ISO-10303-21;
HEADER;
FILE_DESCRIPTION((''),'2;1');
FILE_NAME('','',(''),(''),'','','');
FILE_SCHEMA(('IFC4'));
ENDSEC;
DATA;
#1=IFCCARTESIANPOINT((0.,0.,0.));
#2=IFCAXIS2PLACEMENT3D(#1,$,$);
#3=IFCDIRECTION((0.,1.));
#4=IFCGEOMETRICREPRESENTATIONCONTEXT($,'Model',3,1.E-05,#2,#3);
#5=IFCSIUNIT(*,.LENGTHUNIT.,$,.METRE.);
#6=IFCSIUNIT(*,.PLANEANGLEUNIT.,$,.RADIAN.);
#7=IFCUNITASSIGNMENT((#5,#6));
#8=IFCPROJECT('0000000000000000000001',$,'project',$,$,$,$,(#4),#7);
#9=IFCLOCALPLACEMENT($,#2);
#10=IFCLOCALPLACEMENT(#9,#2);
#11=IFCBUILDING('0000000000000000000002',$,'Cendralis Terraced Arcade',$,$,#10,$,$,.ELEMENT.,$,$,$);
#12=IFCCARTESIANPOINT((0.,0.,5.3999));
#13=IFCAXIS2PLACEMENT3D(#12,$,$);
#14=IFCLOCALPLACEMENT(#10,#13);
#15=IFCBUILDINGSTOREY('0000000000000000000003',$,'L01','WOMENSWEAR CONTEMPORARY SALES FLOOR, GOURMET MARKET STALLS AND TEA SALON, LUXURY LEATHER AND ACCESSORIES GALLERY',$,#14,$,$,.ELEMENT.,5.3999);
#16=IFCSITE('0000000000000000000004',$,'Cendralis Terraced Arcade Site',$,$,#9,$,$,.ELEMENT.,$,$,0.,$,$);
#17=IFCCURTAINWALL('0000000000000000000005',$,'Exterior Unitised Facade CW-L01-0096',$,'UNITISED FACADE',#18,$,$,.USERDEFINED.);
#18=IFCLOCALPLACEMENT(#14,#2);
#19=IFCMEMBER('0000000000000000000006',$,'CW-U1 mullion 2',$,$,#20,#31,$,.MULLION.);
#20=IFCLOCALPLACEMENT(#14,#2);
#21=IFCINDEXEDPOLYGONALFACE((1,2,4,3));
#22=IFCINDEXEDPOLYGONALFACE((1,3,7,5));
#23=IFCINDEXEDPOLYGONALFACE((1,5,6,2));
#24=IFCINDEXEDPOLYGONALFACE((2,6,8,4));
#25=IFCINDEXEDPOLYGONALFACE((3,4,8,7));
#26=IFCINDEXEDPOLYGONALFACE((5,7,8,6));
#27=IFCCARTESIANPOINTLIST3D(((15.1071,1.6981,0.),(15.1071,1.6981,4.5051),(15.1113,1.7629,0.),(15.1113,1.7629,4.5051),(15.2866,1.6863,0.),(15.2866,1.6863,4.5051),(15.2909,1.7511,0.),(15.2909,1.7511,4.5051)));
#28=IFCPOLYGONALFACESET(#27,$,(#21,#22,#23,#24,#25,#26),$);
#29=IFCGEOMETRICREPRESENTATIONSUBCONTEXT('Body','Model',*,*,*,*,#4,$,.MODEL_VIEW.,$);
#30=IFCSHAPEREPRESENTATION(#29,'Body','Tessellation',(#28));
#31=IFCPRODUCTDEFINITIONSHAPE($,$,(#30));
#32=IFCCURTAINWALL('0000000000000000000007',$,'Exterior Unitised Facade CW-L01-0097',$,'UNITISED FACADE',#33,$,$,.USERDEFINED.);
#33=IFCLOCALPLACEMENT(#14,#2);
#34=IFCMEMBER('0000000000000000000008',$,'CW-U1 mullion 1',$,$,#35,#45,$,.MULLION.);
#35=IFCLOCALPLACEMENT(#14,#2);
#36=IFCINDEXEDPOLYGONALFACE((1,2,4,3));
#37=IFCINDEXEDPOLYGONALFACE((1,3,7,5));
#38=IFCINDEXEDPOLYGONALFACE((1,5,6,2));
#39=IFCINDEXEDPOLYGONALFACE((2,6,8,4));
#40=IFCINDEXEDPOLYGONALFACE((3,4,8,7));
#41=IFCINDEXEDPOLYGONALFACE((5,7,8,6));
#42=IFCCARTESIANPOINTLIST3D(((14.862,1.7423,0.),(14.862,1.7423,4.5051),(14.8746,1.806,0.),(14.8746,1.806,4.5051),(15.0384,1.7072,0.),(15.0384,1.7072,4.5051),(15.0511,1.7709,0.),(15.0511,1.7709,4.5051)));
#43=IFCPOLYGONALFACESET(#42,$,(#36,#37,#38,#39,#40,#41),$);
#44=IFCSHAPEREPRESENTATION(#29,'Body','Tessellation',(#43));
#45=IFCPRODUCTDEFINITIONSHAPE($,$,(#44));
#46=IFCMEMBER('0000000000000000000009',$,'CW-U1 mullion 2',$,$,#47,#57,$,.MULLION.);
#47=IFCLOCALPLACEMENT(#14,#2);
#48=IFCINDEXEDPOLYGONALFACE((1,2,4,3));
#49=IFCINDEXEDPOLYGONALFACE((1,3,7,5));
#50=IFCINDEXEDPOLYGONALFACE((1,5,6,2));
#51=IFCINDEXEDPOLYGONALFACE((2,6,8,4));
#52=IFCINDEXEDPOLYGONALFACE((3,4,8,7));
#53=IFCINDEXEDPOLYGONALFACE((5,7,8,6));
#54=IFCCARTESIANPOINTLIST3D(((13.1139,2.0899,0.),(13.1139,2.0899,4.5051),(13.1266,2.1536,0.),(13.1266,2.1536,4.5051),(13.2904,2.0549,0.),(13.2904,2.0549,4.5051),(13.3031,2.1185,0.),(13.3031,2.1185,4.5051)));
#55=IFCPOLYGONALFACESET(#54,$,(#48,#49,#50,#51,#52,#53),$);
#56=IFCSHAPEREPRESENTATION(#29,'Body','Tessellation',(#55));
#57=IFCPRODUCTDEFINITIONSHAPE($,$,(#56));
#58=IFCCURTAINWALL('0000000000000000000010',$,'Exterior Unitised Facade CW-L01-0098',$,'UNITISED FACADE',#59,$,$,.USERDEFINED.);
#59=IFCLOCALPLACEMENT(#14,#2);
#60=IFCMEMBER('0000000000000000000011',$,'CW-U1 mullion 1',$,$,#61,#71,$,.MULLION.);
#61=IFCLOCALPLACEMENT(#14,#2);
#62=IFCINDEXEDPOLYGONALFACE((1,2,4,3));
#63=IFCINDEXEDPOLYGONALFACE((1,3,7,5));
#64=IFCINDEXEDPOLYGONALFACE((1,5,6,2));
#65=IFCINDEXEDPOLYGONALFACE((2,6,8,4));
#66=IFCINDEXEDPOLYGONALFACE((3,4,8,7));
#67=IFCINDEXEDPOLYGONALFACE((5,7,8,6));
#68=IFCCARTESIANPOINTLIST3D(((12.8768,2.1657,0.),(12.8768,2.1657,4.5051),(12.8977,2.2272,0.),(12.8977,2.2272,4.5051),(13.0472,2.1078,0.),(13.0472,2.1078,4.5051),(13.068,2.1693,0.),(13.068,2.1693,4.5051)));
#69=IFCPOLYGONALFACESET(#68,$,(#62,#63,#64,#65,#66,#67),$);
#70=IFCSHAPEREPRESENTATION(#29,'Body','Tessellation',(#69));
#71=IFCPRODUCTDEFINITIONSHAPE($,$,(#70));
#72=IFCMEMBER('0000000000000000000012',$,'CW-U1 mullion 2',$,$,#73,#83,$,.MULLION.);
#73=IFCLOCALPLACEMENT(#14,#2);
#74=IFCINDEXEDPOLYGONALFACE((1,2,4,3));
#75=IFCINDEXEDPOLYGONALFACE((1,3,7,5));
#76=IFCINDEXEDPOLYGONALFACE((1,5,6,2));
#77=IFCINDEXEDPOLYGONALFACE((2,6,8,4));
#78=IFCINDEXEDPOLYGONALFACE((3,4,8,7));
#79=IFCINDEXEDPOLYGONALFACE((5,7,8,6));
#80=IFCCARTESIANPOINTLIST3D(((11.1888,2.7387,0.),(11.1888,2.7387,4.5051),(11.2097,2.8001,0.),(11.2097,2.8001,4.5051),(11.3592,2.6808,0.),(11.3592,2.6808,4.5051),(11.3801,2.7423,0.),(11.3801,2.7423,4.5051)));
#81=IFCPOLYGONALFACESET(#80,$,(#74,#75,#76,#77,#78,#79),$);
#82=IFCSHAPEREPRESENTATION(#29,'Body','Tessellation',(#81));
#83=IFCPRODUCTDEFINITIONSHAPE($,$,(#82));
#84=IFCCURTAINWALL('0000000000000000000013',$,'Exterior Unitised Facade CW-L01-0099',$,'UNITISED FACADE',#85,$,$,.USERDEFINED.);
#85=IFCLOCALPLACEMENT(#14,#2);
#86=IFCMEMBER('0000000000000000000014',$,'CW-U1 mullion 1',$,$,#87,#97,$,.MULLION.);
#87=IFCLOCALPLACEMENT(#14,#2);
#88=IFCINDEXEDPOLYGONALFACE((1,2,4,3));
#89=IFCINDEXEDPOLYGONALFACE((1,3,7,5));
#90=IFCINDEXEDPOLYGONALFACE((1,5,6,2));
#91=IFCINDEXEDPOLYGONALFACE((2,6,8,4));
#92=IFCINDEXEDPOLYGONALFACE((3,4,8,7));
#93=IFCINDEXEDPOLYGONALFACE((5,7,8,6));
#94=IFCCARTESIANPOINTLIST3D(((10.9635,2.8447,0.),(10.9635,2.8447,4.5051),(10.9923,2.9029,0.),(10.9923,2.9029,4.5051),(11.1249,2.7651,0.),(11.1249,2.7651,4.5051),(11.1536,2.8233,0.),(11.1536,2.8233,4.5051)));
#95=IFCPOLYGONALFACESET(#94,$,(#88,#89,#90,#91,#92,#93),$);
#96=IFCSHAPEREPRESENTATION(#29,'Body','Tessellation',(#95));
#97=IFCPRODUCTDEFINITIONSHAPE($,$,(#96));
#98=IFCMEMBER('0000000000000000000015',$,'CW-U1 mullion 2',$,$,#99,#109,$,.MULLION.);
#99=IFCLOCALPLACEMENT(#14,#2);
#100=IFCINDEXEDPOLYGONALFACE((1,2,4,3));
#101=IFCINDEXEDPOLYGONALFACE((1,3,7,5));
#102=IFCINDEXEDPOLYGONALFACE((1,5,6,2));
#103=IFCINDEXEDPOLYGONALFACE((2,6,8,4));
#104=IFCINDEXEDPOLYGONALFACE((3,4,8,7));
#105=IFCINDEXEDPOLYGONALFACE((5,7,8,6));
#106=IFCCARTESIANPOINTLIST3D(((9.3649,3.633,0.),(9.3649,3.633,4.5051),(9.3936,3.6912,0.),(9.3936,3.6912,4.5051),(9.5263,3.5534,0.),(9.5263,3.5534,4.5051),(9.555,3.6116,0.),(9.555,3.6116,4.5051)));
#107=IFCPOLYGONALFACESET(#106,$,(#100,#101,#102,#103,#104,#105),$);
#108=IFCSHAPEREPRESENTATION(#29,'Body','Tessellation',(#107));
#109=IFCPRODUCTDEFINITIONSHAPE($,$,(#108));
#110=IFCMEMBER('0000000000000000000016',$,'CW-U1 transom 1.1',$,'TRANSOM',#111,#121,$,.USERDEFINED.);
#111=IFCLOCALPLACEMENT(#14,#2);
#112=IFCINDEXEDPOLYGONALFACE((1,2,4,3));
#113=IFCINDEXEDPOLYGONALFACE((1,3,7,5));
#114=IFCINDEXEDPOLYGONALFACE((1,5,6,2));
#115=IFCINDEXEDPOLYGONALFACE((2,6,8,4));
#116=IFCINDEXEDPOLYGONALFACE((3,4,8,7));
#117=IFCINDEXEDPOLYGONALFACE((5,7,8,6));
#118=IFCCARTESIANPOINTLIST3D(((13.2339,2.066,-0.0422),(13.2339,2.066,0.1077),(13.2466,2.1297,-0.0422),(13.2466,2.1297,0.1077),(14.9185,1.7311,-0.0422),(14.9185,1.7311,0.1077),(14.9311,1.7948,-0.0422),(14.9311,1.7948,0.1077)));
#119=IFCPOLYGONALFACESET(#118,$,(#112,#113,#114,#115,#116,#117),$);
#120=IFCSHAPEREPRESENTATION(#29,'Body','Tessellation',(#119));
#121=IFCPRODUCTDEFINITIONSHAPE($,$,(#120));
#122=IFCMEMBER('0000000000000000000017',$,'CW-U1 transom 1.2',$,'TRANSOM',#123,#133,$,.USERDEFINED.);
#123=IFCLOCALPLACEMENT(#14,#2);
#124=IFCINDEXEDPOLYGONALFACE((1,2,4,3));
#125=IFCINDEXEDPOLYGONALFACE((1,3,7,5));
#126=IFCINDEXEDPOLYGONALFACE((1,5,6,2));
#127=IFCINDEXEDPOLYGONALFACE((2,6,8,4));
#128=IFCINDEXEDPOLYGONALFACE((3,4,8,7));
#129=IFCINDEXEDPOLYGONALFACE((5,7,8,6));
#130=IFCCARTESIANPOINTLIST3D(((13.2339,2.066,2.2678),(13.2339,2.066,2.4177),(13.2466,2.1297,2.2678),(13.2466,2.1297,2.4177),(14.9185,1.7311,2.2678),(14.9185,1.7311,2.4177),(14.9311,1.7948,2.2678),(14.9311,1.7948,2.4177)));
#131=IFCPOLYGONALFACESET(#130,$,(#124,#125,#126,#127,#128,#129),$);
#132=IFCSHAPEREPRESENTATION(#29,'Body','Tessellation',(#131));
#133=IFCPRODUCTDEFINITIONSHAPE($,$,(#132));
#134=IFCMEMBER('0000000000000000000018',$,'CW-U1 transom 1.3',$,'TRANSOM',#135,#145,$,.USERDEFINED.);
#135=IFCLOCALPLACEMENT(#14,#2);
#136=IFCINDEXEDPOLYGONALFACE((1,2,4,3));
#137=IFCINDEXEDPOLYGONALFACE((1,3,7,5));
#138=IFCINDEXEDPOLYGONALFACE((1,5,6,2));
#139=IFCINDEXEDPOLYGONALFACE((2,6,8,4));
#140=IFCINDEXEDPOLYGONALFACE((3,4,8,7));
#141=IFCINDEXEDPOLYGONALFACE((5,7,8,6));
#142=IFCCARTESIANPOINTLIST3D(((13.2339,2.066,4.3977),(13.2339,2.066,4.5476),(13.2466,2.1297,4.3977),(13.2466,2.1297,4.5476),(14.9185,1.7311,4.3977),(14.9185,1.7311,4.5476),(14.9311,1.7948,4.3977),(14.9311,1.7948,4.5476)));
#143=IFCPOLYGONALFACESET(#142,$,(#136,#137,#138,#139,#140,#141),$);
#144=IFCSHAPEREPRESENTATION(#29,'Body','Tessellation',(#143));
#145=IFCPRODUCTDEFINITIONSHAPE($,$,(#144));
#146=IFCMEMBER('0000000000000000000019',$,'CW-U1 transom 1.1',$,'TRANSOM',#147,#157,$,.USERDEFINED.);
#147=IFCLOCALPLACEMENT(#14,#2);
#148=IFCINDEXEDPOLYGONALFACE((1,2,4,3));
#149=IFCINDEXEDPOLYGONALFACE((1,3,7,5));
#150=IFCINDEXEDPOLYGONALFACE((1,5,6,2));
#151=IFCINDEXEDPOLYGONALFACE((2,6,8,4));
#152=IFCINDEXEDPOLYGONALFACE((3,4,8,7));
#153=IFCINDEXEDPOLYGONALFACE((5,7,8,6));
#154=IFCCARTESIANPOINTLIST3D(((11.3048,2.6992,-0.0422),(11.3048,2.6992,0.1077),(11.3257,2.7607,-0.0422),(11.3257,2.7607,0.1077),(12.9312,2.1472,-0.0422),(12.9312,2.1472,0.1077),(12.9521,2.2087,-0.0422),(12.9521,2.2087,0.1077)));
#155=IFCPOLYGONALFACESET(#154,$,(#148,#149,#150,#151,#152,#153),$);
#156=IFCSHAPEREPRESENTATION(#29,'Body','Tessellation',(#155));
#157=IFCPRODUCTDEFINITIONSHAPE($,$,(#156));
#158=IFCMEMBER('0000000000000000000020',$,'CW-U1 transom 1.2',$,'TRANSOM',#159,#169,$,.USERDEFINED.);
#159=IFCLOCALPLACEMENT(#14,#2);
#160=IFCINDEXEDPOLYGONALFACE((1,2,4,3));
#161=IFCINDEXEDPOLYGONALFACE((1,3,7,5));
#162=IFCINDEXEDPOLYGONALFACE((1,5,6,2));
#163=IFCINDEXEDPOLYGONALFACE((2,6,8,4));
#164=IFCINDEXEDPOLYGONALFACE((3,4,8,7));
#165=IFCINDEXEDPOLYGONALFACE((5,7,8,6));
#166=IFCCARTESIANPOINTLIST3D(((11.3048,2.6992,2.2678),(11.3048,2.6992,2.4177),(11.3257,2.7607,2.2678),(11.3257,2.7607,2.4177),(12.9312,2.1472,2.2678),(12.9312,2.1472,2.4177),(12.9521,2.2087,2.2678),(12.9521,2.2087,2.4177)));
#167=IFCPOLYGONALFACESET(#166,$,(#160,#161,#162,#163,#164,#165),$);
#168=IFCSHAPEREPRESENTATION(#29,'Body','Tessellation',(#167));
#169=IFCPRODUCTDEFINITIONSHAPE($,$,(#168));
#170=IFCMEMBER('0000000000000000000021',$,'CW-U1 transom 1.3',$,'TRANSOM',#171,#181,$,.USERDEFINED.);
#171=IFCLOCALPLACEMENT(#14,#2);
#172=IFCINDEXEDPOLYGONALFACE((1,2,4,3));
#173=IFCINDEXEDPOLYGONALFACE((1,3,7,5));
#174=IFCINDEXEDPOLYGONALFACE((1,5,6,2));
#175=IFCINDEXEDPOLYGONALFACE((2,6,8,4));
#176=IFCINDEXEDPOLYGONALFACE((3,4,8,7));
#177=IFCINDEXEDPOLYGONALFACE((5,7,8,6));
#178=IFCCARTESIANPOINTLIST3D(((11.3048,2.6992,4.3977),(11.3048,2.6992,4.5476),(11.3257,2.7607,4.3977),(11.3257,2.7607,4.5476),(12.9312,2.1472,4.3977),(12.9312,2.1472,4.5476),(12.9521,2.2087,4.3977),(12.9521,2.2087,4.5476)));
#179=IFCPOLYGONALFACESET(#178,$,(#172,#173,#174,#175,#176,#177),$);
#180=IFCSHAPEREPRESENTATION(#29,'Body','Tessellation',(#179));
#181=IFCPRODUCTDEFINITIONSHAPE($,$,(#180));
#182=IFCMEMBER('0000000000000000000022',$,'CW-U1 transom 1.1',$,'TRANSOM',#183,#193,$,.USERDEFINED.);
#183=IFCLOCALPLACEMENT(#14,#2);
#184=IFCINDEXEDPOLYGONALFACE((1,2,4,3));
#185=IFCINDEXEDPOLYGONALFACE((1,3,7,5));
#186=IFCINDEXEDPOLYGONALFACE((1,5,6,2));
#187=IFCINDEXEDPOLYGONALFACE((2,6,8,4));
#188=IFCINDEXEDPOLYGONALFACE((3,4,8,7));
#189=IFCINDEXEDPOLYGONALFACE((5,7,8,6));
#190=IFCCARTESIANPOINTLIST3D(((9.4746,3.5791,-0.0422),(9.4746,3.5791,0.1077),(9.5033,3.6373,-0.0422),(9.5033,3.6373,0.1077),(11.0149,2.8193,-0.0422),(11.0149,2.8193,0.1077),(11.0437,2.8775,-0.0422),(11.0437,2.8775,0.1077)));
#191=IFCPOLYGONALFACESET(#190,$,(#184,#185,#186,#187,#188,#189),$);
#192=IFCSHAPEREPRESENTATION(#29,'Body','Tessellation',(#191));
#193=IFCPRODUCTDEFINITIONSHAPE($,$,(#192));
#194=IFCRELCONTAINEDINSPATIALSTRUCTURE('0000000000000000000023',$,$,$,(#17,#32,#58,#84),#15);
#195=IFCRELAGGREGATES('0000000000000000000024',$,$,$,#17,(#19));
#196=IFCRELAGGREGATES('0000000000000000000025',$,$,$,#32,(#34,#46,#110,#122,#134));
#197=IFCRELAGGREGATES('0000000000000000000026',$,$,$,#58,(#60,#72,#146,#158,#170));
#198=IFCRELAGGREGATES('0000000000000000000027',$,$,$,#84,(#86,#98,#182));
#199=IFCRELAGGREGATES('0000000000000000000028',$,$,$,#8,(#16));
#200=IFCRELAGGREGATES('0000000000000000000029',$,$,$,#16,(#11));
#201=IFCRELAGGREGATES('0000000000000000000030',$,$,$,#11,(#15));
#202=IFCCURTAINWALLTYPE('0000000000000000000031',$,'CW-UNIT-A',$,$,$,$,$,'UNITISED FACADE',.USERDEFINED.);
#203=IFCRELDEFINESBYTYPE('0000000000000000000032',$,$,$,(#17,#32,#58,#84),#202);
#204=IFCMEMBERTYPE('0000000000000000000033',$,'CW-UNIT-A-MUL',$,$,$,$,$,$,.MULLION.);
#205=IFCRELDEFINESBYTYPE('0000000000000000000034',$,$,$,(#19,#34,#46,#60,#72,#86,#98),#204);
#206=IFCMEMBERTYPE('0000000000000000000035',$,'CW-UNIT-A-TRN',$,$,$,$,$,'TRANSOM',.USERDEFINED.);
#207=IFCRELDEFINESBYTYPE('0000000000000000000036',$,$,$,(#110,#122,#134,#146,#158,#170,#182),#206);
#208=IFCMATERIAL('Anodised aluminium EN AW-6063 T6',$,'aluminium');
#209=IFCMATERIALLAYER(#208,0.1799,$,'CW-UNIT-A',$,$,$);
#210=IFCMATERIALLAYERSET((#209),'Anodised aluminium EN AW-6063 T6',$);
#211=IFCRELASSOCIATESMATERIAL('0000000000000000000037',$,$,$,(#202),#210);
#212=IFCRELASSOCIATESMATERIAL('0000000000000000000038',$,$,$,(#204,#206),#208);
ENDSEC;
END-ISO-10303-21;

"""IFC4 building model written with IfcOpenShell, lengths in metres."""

from ifc_helpers import new_model, si_unit, direction, frame, origin, origin_2d, place, context, subcontext, project, spatial, rectangle, extrude, material, layer, layer_set, material_profile, profile_set, type_object, element, aggregate, save


model = new_model("IFC4")

# Units and contexts
model_context = context("Model", 3, precision=1e-05, world=origin(), true_north=direction((0.0, 1.0)))
body_context = subcontext(model_context, "Body", "Model", "MODEL_VIEW")
ifc_project = project(units=[si_unit("LENGTHUNIT", "METRE"), si_unit("PLANEANGLEUNIT", "RADIAN")], contexts=[model_context])

# Site, building, storey
site_placement = place(None, origin())
site = spatial("IfcSite", under=ifc_project, at=site_placement, Name="Cendralis Terraced Arcade Site", CompositionType="ELEMENT", RefElevation=0.0)
building_placement = place(site_placement, origin())
building = spatial("IfcBuilding", under=site, at=building_placement, Name="Cendralis Terraced Arcade", CompositionType="ELEMENT")
storey_placement = place(building_placement, frame((0.0, 0.0, 5.3999)))
storey = spatial("IfcBuildingStorey", under=building, at=storey_placement, Name="L01", Description="WOMENSWEAR CONTEMPORARY SALES FLOOR, GOURMET MARKET STALLS AND TEA SALON, LUXURY LEATHER AND ACCESSORIES GALLERY", CompositionType="ELEMENT", Elevation=5.3999)

# Curtain wall, member
ifc_material_1 = material(Name="Anodised aluminium EN AW-6063 T6", Category="aluminium")
ifc_layer_1 = layer(ifc_material_1, 0.1799, Name="CW-UNIT-A")
ifc_layer_set_1 = layer_set([ifc_layer_1], Name="Anodised aluminium EN AW-6063 T6")
curtain_wall_type = type_object("IfcCurtainWallType", Name="CW-UNIT-A", ElementType="UNITISED FACADE", PredefinedType="USERDEFINED", material=ifc_layer_set_1)
curtain_wall_1_placement = place(storey_placement, origin())
curtain_wall_1 = element("IfcCurtainWall", 1, at=curtain_wall_1_placement, inside=storey, type_object=curtain_wall_type, Name="Exterior Unitised Facade CW-L01-0096", ObjectType="UNITISED FACADE", PredefinedType="USERDEFINED")
ifc_material_profile_1 = material_profile(ifc_material_1, rectangle(XDim=0.0649, YDim=0.1799, at=origin_2d()), Name="ALU-MUL-65x180")
ifc_profile_set_1 = profile_set([ifc_material_profile_1], Name="Anodised aluminium EN AW-6063 T6")
member_type_1 = type_object("IfcMemberType", Name="CW-UNIT-A-MUL", PredefinedType="MULLION", material=ifc_profile_set_1)
member_1_placement = place(storey_placement, frame((15.199, 1.7246, 0.0), z_axis=(0.0, 0.0, 1.0), x_axis=(-0.065384, -0.99786, 0.0)))
member_1 = element("IfcMember", 2, at=member_1_placement, type_object=member_type_1, Name="CW-U1 mullion 2", PredefinedType="MULLION", context=body_context, shape_type="SweptSolid", body=[
    extrude(rectangle(XDim=0.0649, YDim=0.1799, at=origin_2d()), origin(), (0.0, 0.0, 1.0), 4.5051),
])
aggregate(curtain_wall_1, [member_1])

# Curtain walls, members
curtain_wall_2_placement = place(storey_placement, origin())
curtain_wall_2 = element("IfcCurtainWall", 3, at=curtain_wall_2_placement, inside=storey, type_object=curtain_wall_type, Name="Exterior Unitised Facade CW-L01-0097", ObjectType="UNITISED FACADE", PredefinedType="USERDEFINED")
member_2_placement = place(storey_placement, frame((14.9565, 1.7566, 0.0), z_axis=(0.0, 0.0, 1.0), x_axis=(-0.195033, -0.980797, 0.0)))
member_2 = element("IfcMember", 4, at=member_2_placement, type_object=member_type_1, Name="CW-U1 mullion 1", PredefinedType="MULLION", context=body_context, shape_type="SweptSolid", body=[
    extrude(rectangle(XDim=0.0649, YDim=0.1799, at=origin_2d()), origin(), (0.0, 0.0, 1.0), 4.5051),
])
member_3_placement = place(storey_placement, frame((13.2085, 2.1042, 0.0), z_axis=(0.0, 0.0, 1.0), x_axis=(-0.195033, -0.980797, 0.0)))
member_3 = element("IfcMember", 5, at=member_3_placement, type_object=member_type_1, Name="CW-U1 mullion 2", PredefinedType="MULLION", context=body_context, shape_type="SweptSolid", body=[
    extrude(rectangle(XDim=0.0649, YDim=0.1799, at=origin_2d()), origin(), (0.0, 0.0, 1.0), 4.5051),
])
curtain_wall_3_placement = place(storey_placement, origin())
curtain_wall_3 = element("IfcCurtainWall", 6, at=curtain_wall_3_placement, inside=storey, type_object=curtain_wall_type, Name="Exterior Unitised Facade CW-L01-0098", ObjectType="UNITISED FACADE", PredefinedType="USERDEFINED")
member_4_placement = place(storey_placement, frame((12.9724, 2.1675, 0.0), z_axis=(0.0, 0.0, 1.0), x_axis=(-0.3215, -0.94691, 0.0)))
member_4 = element("IfcMember", 7, at=member_4_placement, type_object=member_type_1, Name="CW-U1 mullion 1", PredefinedType="MULLION", context=body_context, shape_type="SweptSolid", body=[
    extrude(rectangle(XDim=0.0649, YDim=0.1799, at=origin_2d()), origin(), (0.0, 0.0, 1.0), 4.5051),
])
member_5_placement = place(storey_placement, frame((11.2844, 2.7405, 0.0), z_axis=(0.0, 0.0, 1.0), x_axis=(-0.3215, -0.94691, 0.0)))
member_5 = element("IfcMember", 8, at=member_5_placement, type_object=member_type_1, Name="CW-U1 mullion 2", PredefinedType="MULLION", context=body_context, shape_type="SweptSolid", body=[
    extrude(rectangle(XDim=0.0649, YDim=0.1799, at=origin_2d()), origin(), (0.0, 0.0, 1.0), 4.5051),
])
curtain_wall_4_placement = place(storey_placement, origin())
curtain_wall_4 = element("IfcCurtainWall", 9, at=curtain_wall_4_placement, inside=storey, type_object=curtain_wall_type, Name="Exterior Unitised Facade CW-L01-0099", ObjectType="UNITISED FACADE", PredefinedType="USERDEFINED")
member_6_placement = place(storey_placement, frame((11.0586, 2.834, 0.0), z_axis=(0.0, 0.0, 1.0), x_axis=(-0.44227, -0.896882, 0.0)))
member_6 = element("IfcMember", 10, at=member_6_placement, type_object=member_type_1, Name="CW-U1 mullion 1", PredefinedType="MULLION", context=body_context, shape_type="SweptSolid", body=[
    extrude(rectangle(XDim=0.0649, YDim=0.1799, at=origin_2d()), origin(), (0.0, 0.0, 1.0), 4.5051),
])
member_7_placement = place(storey_placement, frame((9.46, 3.6223, 0.0), z_axis=(0.0, 0.0, 1.0), x_axis=(-0.44227, -0.896882, 0.0)))
member_7 = element("IfcMember", 11, at=member_7_placement, type_object=member_type_1, Name="CW-U1 mullion 2", PredefinedType="MULLION", context=body_context, shape_type="SweptSolid", body=[
    extrude(rectangle(XDim=0.0649, YDim=0.1799, at=origin_2d()), origin(), (0.0, 0.0, 1.0), 4.5051),
])

# Members
ifc_material_profile_2 = material_profile(ifc_material_1, rectangle(XDim=0.0649, YDim=0.1499, at=origin_2d()), Name="ALU-TRN-65x150")
ifc_profile_set_2 = profile_set([ifc_material_profile_2], Name="Anodised aluminium EN AW-6063 T6")
member_type_2 = type_object("IfcMemberType", Name="CW-UNIT-A-TRN", ElementType="TRANSOM", PredefinedType="USERDEFINED", material=ifc_profile_set_2)
member_8_placement = place(storey_placement, frame((14.9248, 1.7629, 0.0327), z_axis=(-0.980799, 0.195023, 0.0), x_axis=(-0.195023, -0.980799, 0.0)))
member_8 = element("IfcMember", 12, at=member_8_placement, type_object=member_type_2, Name="CW-U1 transom 1.1", ObjectType="TRANSOM", PredefinedType="USERDEFINED", context=body_context, shape_type="SweptSolid", body=[
    extrude(rectangle(XDim=0.0649, YDim=0.1499, at=origin_2d()), origin(), (0.0, 0.0, 1.0), 1.7175),
])
member_9_placement = place(storey_placement, frame((14.9248, 1.7629, 2.3428), z_axis=(-0.980799, 0.195023, 0.0), x_axis=(-0.195023, -0.980799, 0.0)))
member_9 = element("IfcMember", 13, at=member_9_placement, type_object=member_type_2, Name="CW-U1 transom 1.2", ObjectType="TRANSOM", PredefinedType="USERDEFINED", context=body_context, shape_type="SweptSolid", body=[
    extrude(rectangle(XDim=0.0649, YDim=0.1499, at=origin_2d()), origin(), (0.0, 0.0, 1.0), 1.7175),
])
member_10_placement = place(storey_placement, frame((14.9248, 1.7629, 4.4727), z_axis=(-0.980799, 0.195023, 0.0), x_axis=(-0.195023, -0.980799, 0.0)))
member_10 = element("IfcMember", 14, at=member_10_placement, type_object=member_type_2, Name="CW-U1 transom 1.3", ObjectType="TRANSOM", PredefinedType="USERDEFINED", context=body_context, shape_type="SweptSolid", body=[
    extrude(rectangle(XDim=0.0649, YDim=0.1499, at=origin_2d()), origin(), (0.0, 0.0, 1.0), 1.7175),
])
member_11_placement = place(storey_placement, frame((12.9417, 2.178, 0.0327), z_axis=(-0.946949, 0.321383, 0.0), x_axis=(-0.321383, -0.946949, 0.0)))
member_11 = element("IfcMember", 15, at=member_11_placement, type_object=member_type_2, Name="CW-U1 transom 1.1", ObjectType="TRANSOM", PredefinedType="USERDEFINED", context=body_context, shape_type="SweptSolid", body=[
    extrude(rectangle(XDim=0.0649, YDim=0.1499, at=origin_2d()), origin(), (0.0, 0.0, 1.0), 1.7175),
])
member_12_placement = place(storey_placement, frame((12.9417, 2.178, 2.3428), z_axis=(-0.946949, 0.321383, 0.0), x_axis=(-0.321383, -0.946949, 0.0)))
member_12 = element("IfcMember", 16, at=member_12_placement, type_object=member_type_2, Name="CW-U1 transom 1.2", ObjectType="TRANSOM", PredefinedType="USERDEFINED", context=body_context, shape_type="SweptSolid", body=[
    extrude(rectangle(XDim=0.0649, YDim=0.1499, at=origin_2d()), origin(), (0.0, 0.0, 1.0), 1.7175),
])
member_13_placement = place(storey_placement, frame((12.9417, 2.178, 4.4727), z_axis=(-0.946949, 0.321383, 0.0), x_axis=(-0.321383, -0.946949, 0.0)))
member_13 = element("IfcMember", 17, at=member_13_placement, type_object=member_type_2, Name="CW-U1 transom 1.3", ObjectType="TRANSOM", PredefinedType="USERDEFINED", context=body_context, shape_type="SweptSolid", body=[
    extrude(rectangle(XDim=0.0649, YDim=0.1499, at=origin_2d()), origin(), (0.0, 0.0, 1.0), 1.7175),
])
member_14_placement = place(storey_placement, frame((11.0293, 2.8484, 0.0327), z_axis=(-0.896831, 0.442374, 0.0), x_axis=(-0.442374, -0.896831, 0.0)))
member_14 = element("IfcMember", 18, at=member_14_placement, type_object=member_type_2, Name="CW-U1 transom 1.1", ObjectType="TRANSOM", PredefinedType="USERDEFINED", context=body_context, shape_type="SweptSolid", body=[
    extrude(rectangle(XDim=0.0649, YDim=0.1499, at=origin_2d()), origin(), (0.0, 0.0, 1.0), 1.7175),
])

aggregate(curtain_wall_2, [member_2, member_3, member_8, member_9, member_10])
aggregate(curtain_wall_3, [member_4, member_5, member_11, member_12, member_13])
aggregate(curtain_wall_4, [member_6, member_7, member_14])

save(model, "model.ifc")
